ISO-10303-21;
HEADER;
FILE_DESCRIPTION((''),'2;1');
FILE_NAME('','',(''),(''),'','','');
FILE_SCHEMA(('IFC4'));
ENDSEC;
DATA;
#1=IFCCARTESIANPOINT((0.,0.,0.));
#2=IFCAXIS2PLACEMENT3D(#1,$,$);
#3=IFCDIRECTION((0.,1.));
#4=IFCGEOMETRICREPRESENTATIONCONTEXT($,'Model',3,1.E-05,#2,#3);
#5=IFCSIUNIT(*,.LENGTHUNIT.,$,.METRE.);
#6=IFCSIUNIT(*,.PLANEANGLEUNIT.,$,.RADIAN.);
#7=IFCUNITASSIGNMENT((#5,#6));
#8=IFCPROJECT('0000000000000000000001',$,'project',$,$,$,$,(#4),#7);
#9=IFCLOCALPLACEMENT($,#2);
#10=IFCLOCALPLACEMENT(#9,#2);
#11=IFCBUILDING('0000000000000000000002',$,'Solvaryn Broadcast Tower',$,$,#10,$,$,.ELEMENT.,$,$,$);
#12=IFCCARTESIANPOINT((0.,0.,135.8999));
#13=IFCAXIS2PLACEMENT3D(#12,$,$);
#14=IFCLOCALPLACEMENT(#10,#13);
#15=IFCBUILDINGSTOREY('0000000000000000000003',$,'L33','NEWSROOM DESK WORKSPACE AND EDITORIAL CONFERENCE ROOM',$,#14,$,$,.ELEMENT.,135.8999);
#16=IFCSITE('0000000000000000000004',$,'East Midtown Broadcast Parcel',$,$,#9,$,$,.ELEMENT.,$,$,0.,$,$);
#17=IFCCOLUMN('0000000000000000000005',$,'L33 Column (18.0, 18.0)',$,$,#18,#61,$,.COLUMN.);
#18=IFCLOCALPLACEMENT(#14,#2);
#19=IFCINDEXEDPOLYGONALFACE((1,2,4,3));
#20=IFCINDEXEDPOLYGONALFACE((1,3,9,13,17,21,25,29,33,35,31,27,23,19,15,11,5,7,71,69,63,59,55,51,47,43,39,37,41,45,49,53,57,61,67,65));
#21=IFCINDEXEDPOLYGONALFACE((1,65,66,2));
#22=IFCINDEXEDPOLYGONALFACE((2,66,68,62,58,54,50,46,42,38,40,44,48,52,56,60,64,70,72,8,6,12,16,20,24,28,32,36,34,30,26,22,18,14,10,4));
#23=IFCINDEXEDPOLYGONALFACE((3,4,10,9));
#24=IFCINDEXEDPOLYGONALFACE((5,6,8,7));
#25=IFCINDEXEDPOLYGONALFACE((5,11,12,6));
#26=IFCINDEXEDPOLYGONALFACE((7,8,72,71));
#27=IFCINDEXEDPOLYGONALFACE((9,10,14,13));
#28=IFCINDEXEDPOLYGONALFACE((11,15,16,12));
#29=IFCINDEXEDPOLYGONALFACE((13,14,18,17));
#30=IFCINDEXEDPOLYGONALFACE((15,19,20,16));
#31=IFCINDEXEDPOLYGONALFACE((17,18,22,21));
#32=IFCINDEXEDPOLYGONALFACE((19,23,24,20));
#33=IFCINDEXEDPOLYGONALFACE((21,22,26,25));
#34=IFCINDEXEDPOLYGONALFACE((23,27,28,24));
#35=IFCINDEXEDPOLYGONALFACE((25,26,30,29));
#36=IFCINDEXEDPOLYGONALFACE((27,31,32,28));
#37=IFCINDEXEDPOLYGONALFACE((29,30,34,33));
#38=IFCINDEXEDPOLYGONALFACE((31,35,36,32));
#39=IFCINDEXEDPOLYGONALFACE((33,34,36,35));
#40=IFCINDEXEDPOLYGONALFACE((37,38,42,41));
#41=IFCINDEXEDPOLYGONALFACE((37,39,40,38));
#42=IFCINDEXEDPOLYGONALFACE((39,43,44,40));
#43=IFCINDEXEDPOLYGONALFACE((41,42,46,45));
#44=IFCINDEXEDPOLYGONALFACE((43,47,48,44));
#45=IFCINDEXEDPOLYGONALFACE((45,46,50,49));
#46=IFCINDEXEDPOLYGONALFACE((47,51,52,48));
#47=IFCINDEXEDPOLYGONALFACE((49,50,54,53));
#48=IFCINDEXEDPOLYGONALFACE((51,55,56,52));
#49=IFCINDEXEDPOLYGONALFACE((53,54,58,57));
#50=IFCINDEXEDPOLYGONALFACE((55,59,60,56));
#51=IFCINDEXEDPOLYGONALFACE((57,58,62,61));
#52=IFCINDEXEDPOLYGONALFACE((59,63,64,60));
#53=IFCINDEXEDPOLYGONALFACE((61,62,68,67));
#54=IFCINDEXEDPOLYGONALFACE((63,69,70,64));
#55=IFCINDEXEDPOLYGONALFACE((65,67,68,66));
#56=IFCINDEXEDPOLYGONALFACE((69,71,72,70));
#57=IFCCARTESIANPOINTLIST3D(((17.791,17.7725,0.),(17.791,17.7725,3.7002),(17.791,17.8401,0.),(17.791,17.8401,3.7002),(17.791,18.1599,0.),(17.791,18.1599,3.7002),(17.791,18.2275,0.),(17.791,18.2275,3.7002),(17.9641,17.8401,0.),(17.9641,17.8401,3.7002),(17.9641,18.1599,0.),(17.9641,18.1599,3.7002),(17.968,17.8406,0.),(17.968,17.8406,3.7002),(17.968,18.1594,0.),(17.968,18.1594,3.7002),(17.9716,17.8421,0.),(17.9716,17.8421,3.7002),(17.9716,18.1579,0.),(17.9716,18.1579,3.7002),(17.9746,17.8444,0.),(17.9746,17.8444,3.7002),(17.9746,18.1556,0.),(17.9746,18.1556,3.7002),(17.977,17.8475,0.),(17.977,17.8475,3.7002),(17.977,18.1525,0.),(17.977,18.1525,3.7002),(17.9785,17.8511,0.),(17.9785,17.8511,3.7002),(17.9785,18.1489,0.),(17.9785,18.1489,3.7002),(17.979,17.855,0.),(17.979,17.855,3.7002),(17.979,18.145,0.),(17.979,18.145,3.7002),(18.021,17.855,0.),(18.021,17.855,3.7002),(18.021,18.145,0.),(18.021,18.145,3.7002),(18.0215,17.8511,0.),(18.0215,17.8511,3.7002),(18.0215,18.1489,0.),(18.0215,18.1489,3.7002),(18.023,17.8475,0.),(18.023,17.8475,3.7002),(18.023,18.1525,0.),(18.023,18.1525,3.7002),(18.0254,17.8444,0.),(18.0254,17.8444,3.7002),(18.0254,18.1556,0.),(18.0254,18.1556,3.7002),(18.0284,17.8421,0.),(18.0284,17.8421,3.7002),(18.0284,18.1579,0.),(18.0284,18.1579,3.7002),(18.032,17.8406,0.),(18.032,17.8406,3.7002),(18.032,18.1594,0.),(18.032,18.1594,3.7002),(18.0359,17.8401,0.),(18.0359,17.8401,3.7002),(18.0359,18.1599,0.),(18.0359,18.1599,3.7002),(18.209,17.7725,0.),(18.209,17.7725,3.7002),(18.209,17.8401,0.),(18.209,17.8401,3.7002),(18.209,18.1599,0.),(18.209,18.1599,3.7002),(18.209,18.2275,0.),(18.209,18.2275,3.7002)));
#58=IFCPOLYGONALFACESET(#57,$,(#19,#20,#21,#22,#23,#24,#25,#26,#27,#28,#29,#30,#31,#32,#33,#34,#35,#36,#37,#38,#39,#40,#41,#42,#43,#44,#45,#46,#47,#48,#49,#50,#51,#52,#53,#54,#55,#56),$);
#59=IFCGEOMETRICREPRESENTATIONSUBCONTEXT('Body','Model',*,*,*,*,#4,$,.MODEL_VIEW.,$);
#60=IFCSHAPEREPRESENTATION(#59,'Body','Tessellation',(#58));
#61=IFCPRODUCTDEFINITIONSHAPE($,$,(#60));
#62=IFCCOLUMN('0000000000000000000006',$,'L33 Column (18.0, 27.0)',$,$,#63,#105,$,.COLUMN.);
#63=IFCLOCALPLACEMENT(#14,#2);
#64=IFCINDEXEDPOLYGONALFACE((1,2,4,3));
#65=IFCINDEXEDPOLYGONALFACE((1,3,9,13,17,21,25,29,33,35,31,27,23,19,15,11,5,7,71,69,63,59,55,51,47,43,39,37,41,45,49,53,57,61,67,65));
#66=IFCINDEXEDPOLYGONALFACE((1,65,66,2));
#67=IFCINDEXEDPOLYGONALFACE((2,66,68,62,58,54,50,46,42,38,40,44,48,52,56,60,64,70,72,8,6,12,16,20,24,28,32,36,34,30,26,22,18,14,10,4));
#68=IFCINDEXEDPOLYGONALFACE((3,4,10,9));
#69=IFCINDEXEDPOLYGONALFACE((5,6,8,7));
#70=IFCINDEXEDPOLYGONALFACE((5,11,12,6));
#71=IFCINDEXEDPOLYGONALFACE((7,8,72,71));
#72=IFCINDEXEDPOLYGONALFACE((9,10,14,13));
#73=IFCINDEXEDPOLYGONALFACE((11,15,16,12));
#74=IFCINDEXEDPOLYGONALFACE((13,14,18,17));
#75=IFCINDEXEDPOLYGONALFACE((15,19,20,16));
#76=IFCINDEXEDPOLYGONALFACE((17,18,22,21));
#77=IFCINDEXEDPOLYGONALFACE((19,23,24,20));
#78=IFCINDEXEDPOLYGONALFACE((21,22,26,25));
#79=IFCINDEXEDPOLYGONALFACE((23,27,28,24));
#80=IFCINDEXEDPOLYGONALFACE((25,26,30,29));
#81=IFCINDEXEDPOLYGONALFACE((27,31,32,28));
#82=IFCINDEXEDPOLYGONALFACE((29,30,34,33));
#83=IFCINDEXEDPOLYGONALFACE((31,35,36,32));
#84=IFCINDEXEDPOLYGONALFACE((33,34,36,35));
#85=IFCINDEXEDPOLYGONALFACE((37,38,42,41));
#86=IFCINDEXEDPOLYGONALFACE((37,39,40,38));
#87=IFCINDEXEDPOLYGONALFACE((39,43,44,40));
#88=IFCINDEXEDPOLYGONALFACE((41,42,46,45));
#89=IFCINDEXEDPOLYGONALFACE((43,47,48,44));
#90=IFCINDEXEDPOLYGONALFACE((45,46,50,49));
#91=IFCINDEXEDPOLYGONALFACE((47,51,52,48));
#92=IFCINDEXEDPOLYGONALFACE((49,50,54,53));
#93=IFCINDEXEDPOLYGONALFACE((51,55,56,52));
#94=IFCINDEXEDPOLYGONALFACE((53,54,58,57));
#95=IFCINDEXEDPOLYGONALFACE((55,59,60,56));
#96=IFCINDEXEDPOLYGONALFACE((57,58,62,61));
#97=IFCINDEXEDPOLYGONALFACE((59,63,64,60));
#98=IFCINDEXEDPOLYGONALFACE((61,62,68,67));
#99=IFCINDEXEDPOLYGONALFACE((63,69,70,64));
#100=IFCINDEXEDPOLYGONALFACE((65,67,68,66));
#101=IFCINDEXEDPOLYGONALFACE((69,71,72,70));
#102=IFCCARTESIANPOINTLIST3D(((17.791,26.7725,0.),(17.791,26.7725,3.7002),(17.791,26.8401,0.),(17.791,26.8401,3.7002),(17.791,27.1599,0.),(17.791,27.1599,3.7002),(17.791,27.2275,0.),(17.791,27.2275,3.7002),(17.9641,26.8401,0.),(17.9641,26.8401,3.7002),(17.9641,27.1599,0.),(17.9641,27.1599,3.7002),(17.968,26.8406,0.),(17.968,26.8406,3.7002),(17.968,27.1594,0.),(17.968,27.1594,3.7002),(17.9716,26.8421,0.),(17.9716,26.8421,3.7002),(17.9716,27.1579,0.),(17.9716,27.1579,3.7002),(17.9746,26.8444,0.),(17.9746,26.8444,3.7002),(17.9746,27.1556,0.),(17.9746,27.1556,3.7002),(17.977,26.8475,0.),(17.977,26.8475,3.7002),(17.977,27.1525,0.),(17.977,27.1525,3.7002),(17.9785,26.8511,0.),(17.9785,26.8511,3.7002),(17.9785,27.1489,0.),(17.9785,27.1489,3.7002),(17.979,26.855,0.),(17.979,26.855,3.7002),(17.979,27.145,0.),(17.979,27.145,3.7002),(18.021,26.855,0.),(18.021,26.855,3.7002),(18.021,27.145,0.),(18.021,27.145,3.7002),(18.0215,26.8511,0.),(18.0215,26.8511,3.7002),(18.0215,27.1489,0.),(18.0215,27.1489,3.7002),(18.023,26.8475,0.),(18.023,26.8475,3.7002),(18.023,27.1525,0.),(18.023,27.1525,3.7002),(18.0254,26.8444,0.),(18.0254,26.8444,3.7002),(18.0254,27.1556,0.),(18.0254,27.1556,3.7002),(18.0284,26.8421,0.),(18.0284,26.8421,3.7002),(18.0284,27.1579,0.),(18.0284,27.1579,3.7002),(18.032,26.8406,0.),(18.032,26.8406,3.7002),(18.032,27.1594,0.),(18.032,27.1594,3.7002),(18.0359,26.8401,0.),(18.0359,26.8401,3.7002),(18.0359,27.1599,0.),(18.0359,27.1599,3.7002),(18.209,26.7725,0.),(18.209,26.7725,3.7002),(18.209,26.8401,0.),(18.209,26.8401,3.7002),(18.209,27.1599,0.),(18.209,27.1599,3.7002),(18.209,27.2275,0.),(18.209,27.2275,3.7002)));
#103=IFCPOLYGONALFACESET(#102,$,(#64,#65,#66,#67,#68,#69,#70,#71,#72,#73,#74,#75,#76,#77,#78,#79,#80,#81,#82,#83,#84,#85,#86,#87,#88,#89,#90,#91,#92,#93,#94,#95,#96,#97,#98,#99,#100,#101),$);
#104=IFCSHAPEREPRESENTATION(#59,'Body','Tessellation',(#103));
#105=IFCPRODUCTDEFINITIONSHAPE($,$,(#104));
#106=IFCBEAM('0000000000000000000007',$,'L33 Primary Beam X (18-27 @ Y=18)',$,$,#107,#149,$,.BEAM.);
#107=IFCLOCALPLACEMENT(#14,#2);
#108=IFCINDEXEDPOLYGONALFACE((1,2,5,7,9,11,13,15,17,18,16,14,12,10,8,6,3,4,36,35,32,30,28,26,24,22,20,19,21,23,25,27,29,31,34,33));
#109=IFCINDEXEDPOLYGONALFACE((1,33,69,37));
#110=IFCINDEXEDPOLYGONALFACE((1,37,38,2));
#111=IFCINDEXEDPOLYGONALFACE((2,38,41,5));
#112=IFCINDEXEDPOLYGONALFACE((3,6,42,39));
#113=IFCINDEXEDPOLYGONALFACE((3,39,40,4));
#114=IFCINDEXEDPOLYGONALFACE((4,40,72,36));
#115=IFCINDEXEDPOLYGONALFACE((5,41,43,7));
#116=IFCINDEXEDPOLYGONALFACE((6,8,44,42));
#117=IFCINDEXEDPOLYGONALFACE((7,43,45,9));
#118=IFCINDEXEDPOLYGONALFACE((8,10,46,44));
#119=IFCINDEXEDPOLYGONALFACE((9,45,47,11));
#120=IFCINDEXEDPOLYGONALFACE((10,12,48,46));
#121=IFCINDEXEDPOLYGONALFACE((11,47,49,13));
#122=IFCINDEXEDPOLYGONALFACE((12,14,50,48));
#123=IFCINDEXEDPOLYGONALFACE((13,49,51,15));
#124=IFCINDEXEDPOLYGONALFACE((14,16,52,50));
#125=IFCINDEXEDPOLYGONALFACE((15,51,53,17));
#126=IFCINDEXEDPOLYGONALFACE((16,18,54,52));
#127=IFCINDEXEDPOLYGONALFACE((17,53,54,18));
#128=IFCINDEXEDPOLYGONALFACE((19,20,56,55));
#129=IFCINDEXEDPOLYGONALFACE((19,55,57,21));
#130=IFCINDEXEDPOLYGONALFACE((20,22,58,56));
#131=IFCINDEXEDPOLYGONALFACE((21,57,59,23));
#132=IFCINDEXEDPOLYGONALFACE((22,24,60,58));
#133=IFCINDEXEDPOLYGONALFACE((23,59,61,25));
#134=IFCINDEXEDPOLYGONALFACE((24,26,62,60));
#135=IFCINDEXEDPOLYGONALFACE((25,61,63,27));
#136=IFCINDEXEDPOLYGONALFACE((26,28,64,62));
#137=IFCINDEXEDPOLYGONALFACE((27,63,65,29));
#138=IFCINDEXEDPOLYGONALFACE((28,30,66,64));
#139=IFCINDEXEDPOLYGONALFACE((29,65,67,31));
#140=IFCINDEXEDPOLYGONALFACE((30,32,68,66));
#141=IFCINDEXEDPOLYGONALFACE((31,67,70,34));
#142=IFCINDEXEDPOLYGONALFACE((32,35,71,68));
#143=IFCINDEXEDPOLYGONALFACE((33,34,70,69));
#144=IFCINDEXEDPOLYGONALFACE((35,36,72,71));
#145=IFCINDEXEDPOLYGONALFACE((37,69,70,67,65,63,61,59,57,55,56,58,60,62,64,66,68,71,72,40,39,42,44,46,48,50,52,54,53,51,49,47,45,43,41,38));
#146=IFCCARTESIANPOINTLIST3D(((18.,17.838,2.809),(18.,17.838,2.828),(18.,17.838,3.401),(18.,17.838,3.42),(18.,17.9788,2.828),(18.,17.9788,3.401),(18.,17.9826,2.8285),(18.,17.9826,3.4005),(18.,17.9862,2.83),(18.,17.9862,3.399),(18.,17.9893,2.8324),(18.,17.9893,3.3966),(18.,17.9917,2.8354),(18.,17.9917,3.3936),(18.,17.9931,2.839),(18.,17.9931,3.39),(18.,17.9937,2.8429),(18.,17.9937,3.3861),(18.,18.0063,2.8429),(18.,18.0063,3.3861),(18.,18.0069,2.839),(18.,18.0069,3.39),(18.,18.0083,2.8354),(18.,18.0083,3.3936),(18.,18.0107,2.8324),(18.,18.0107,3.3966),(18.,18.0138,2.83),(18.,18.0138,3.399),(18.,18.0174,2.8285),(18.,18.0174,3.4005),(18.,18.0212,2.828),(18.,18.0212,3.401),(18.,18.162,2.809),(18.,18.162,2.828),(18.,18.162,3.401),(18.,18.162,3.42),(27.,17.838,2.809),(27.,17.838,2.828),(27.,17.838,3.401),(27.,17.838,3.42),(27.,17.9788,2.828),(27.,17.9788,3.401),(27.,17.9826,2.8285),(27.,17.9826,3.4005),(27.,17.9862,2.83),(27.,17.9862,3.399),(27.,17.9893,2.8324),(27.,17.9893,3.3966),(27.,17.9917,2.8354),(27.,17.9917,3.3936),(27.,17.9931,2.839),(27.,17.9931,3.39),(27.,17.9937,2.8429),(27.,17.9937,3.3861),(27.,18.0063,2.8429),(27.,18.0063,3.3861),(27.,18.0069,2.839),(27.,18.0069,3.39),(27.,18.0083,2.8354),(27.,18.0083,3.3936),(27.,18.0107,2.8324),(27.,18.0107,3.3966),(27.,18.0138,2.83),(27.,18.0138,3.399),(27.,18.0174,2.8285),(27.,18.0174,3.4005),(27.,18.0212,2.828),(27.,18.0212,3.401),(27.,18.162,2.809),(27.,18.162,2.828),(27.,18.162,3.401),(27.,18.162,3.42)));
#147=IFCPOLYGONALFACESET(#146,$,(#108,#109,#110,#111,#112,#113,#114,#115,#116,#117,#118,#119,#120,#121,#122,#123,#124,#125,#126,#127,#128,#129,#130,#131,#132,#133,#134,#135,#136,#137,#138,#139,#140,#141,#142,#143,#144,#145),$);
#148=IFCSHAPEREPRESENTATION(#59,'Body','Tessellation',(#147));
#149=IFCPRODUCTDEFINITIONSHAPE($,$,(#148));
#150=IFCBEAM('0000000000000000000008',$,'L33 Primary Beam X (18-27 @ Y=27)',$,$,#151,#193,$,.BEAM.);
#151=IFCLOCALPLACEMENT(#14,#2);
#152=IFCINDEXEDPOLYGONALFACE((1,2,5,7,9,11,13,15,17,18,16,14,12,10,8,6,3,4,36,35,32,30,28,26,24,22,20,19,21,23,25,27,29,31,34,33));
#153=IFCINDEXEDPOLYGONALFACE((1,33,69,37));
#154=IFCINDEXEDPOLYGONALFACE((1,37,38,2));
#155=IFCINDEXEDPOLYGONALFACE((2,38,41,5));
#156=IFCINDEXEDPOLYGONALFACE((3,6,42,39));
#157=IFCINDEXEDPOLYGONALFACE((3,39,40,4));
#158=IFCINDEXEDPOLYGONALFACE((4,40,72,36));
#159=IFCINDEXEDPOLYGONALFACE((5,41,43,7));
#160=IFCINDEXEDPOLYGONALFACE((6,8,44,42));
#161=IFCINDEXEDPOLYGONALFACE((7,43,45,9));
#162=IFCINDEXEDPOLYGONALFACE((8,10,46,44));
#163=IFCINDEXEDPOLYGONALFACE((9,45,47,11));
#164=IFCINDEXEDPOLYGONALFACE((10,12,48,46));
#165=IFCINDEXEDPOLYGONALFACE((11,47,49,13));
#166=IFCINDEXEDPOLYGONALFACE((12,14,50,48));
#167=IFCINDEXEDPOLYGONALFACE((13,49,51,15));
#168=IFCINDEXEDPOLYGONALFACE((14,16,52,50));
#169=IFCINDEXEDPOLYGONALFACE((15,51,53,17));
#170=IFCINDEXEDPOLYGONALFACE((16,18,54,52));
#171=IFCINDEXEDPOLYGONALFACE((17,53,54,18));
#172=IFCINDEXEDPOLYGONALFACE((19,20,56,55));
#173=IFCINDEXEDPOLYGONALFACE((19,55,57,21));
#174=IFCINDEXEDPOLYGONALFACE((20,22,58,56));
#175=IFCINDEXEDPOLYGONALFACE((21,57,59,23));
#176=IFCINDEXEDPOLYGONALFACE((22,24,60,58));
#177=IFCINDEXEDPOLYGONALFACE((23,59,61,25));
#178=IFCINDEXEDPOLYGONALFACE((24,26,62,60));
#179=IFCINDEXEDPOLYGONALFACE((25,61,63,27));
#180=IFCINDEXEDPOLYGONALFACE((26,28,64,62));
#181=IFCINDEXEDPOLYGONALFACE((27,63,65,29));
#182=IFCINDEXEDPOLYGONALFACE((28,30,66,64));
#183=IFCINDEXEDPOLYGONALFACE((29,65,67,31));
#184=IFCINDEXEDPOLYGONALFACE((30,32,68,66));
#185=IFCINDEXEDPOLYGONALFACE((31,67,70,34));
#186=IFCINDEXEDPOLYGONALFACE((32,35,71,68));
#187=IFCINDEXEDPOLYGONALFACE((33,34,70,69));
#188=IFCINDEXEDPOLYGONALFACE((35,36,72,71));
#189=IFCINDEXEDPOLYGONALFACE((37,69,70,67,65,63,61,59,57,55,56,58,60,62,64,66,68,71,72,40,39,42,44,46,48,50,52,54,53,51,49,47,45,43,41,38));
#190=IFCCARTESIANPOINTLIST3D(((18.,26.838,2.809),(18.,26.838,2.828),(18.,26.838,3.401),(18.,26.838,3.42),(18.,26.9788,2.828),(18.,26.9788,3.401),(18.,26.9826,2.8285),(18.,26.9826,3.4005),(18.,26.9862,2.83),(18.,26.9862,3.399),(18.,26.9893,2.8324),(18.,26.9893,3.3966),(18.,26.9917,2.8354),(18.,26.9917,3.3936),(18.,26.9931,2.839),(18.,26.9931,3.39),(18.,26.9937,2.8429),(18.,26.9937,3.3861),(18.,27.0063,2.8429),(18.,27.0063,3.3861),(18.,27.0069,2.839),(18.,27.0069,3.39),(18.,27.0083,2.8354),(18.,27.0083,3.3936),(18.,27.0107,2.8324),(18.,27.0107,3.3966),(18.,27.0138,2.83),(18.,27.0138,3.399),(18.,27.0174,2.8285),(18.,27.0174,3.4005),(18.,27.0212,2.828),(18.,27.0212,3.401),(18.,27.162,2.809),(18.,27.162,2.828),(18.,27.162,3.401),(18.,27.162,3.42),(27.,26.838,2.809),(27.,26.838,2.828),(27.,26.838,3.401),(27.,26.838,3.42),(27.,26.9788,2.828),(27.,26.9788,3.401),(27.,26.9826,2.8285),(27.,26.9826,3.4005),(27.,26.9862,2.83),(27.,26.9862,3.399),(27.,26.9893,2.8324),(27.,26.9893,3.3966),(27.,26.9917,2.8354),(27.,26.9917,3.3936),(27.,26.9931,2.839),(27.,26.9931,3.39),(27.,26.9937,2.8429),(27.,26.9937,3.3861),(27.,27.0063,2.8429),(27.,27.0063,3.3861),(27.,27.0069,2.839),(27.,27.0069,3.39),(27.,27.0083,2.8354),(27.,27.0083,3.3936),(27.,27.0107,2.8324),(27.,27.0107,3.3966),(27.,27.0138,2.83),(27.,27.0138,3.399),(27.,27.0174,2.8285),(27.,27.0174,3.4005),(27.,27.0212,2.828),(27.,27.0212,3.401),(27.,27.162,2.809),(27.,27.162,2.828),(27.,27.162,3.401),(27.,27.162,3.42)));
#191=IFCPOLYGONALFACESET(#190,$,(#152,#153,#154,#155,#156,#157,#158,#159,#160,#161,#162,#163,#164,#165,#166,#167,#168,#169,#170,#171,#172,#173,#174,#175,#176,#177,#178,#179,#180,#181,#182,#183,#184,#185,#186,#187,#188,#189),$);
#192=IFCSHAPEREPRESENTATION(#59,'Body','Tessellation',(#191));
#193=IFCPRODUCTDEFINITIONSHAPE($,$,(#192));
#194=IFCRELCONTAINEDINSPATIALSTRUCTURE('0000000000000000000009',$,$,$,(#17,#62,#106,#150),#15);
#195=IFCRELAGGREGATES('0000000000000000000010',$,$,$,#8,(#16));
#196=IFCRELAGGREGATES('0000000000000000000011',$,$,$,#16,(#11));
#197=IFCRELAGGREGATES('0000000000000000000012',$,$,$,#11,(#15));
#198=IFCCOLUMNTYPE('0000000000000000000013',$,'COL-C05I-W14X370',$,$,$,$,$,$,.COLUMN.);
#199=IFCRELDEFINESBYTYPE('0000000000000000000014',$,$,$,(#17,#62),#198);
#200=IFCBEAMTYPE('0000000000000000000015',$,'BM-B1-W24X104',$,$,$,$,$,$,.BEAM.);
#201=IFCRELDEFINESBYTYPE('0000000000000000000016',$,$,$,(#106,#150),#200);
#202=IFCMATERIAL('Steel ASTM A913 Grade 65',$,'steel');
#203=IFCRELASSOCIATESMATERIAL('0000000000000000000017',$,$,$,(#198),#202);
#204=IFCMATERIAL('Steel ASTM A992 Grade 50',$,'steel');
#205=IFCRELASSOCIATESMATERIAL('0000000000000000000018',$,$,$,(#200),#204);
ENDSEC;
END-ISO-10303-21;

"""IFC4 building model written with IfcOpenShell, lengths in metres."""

from ifc_helpers import new_model, si_unit, direction, frame, origin, origin_2d, place, context, subcontext, project, spatial, i_section, extrude, material, material_profile, profile_set, type_object, element, save


model = new_model("IFC4")

# Units and contexts
model_context = context("Model", 3, precision=1e-05, world=origin(), true_north=direction((0.0, 1.0)))
body_context = subcontext(model_context, "Body", "Model", "MODEL_VIEW")
ifc_project = project(units=[si_unit("LENGTHUNIT", "METRE"), si_unit("PLANEANGLEUNIT", "RADIAN")], contexts=[model_context])

# Site, building, storey
site_placement = place(None, origin())
site = spatial("IfcSite", under=ifc_project, at=site_placement, Name="East Midtown Broadcast Parcel", CompositionType="ELEMENT", RefElevation=0.0)
building_placement = place(site_placement, origin())
building = spatial("IfcBuilding", under=site, at=building_placement, Name="Solvaryn Broadcast Tower", CompositionType="ELEMENT")
storey_placement = place(building_placement, frame((0.0, 0.0, 135.8999)))
storey = spatial("IfcBuildingStorey", under=building, at=storey_placement, Name="L33", Description="NEWSROOM DESK WORKSPACE AND EDITORIAL CONFERENCE ROOM", CompositionType="ELEMENT", Elevation=135.8999)

# Columns
ifc_material_1 = material(Name="Steel ASTM A913 Grade 65", Category="steel")
ifc_material_profile_1 = material_profile(ifc_material_1, i_section(OverallWidth=0.418, OverallDepth=0.4551, WebThickness=0.042, FlangeThickness=0.0676, FilletRadius=0.0149, at=origin_2d()))
ifc_profile_set_1 = profile_set([ifc_material_profile_1], Name="Steel ASTM A913 Grade 65")
column_type = type_object("IfcColumnType", Name="COL-C05I-W14X370", PredefinedType="COLUMN", material=ifc_profile_set_1)
for number, where, z_axis, x_axis, name in (
    (1, (18.0, 18.0, 0.0), (0.0, 0.0, 1.0), (1.0, 0.0, 0.0), "L33 Column (18.0, 18.0)"),
    (2, (18.0, 27.0, 0.0), (0.0, 0.0, 1.0), (1.0, 0.0, 0.0), "L33 Column (18.0, 27.0)"),
):
    element("IfcColumn", number, at=place(storey_placement, frame(where, z_axis=z_axis, x_axis=x_axis)), inside=storey, type_object=column_type, Name=name, PredefinedType="COLUMN", context=body_context, shape_type="SweptSolid", body=[
        extrude(i_section(OverallWidth=0.418, OverallDepth=0.4551, WebThickness=0.042, FlangeThickness=0.0676, FilletRadius=0.0149, at=origin_2d()), origin(), (0.0, 0.0, 1.0), 3.7002),
    ])

# Beams
ifc_material_2 = material(Name="Steel ASTM A992 Grade 50", Category="steel")
ifc_material_profile_2 = material_profile(ifc_material_2, i_section(OverallWidth=0.324, OverallDepth=0.6111, WebThickness=0.0127, FlangeThickness=0.019, FilletRadius=0.0149, at=origin_2d()))
ifc_profile_set_2 = profile_set([ifc_material_profile_2], Name="Steel ASTM A992 Grade 50")
beam_type_1 = type_object("IfcBeamType", Name="BM-B1-W24X104", PredefinedType="BEAM", material=ifc_profile_set_2)
for number, where, z_axis, x_axis, name in (
    (3, (18.0, 18.0, 3.1145), (1.0, 0.0, 0.0), (0.0, 1.0, 0.0), "L33 Primary Beam X (18-27 @ Y=18)"),
    (4, (18.0, 27.0, 3.1145), (1.0, 0.0, 0.0), (0.0, 1.0, 0.0), "L33 Primary Beam X (18-27 @ Y=27)"),
):
    element("IfcBeam", number, at=place(storey_placement, frame(where, z_axis=z_axis, x_axis=x_axis)), inside=storey, type_object=beam_type_1, Name=name, PredefinedType="BEAM", context=body_context, shape_type="SweptSolid", body=[
        extrude(i_section(OverallWidth=0.324, OverallDepth=0.6111, WebThickness=0.0127, FlangeThickness=0.019, FilletRadius=0.0149, at=origin_2d()), origin(), (0.0, 0.0, 1.0), 9.0),
    ])

save(model, "model.ifc")
